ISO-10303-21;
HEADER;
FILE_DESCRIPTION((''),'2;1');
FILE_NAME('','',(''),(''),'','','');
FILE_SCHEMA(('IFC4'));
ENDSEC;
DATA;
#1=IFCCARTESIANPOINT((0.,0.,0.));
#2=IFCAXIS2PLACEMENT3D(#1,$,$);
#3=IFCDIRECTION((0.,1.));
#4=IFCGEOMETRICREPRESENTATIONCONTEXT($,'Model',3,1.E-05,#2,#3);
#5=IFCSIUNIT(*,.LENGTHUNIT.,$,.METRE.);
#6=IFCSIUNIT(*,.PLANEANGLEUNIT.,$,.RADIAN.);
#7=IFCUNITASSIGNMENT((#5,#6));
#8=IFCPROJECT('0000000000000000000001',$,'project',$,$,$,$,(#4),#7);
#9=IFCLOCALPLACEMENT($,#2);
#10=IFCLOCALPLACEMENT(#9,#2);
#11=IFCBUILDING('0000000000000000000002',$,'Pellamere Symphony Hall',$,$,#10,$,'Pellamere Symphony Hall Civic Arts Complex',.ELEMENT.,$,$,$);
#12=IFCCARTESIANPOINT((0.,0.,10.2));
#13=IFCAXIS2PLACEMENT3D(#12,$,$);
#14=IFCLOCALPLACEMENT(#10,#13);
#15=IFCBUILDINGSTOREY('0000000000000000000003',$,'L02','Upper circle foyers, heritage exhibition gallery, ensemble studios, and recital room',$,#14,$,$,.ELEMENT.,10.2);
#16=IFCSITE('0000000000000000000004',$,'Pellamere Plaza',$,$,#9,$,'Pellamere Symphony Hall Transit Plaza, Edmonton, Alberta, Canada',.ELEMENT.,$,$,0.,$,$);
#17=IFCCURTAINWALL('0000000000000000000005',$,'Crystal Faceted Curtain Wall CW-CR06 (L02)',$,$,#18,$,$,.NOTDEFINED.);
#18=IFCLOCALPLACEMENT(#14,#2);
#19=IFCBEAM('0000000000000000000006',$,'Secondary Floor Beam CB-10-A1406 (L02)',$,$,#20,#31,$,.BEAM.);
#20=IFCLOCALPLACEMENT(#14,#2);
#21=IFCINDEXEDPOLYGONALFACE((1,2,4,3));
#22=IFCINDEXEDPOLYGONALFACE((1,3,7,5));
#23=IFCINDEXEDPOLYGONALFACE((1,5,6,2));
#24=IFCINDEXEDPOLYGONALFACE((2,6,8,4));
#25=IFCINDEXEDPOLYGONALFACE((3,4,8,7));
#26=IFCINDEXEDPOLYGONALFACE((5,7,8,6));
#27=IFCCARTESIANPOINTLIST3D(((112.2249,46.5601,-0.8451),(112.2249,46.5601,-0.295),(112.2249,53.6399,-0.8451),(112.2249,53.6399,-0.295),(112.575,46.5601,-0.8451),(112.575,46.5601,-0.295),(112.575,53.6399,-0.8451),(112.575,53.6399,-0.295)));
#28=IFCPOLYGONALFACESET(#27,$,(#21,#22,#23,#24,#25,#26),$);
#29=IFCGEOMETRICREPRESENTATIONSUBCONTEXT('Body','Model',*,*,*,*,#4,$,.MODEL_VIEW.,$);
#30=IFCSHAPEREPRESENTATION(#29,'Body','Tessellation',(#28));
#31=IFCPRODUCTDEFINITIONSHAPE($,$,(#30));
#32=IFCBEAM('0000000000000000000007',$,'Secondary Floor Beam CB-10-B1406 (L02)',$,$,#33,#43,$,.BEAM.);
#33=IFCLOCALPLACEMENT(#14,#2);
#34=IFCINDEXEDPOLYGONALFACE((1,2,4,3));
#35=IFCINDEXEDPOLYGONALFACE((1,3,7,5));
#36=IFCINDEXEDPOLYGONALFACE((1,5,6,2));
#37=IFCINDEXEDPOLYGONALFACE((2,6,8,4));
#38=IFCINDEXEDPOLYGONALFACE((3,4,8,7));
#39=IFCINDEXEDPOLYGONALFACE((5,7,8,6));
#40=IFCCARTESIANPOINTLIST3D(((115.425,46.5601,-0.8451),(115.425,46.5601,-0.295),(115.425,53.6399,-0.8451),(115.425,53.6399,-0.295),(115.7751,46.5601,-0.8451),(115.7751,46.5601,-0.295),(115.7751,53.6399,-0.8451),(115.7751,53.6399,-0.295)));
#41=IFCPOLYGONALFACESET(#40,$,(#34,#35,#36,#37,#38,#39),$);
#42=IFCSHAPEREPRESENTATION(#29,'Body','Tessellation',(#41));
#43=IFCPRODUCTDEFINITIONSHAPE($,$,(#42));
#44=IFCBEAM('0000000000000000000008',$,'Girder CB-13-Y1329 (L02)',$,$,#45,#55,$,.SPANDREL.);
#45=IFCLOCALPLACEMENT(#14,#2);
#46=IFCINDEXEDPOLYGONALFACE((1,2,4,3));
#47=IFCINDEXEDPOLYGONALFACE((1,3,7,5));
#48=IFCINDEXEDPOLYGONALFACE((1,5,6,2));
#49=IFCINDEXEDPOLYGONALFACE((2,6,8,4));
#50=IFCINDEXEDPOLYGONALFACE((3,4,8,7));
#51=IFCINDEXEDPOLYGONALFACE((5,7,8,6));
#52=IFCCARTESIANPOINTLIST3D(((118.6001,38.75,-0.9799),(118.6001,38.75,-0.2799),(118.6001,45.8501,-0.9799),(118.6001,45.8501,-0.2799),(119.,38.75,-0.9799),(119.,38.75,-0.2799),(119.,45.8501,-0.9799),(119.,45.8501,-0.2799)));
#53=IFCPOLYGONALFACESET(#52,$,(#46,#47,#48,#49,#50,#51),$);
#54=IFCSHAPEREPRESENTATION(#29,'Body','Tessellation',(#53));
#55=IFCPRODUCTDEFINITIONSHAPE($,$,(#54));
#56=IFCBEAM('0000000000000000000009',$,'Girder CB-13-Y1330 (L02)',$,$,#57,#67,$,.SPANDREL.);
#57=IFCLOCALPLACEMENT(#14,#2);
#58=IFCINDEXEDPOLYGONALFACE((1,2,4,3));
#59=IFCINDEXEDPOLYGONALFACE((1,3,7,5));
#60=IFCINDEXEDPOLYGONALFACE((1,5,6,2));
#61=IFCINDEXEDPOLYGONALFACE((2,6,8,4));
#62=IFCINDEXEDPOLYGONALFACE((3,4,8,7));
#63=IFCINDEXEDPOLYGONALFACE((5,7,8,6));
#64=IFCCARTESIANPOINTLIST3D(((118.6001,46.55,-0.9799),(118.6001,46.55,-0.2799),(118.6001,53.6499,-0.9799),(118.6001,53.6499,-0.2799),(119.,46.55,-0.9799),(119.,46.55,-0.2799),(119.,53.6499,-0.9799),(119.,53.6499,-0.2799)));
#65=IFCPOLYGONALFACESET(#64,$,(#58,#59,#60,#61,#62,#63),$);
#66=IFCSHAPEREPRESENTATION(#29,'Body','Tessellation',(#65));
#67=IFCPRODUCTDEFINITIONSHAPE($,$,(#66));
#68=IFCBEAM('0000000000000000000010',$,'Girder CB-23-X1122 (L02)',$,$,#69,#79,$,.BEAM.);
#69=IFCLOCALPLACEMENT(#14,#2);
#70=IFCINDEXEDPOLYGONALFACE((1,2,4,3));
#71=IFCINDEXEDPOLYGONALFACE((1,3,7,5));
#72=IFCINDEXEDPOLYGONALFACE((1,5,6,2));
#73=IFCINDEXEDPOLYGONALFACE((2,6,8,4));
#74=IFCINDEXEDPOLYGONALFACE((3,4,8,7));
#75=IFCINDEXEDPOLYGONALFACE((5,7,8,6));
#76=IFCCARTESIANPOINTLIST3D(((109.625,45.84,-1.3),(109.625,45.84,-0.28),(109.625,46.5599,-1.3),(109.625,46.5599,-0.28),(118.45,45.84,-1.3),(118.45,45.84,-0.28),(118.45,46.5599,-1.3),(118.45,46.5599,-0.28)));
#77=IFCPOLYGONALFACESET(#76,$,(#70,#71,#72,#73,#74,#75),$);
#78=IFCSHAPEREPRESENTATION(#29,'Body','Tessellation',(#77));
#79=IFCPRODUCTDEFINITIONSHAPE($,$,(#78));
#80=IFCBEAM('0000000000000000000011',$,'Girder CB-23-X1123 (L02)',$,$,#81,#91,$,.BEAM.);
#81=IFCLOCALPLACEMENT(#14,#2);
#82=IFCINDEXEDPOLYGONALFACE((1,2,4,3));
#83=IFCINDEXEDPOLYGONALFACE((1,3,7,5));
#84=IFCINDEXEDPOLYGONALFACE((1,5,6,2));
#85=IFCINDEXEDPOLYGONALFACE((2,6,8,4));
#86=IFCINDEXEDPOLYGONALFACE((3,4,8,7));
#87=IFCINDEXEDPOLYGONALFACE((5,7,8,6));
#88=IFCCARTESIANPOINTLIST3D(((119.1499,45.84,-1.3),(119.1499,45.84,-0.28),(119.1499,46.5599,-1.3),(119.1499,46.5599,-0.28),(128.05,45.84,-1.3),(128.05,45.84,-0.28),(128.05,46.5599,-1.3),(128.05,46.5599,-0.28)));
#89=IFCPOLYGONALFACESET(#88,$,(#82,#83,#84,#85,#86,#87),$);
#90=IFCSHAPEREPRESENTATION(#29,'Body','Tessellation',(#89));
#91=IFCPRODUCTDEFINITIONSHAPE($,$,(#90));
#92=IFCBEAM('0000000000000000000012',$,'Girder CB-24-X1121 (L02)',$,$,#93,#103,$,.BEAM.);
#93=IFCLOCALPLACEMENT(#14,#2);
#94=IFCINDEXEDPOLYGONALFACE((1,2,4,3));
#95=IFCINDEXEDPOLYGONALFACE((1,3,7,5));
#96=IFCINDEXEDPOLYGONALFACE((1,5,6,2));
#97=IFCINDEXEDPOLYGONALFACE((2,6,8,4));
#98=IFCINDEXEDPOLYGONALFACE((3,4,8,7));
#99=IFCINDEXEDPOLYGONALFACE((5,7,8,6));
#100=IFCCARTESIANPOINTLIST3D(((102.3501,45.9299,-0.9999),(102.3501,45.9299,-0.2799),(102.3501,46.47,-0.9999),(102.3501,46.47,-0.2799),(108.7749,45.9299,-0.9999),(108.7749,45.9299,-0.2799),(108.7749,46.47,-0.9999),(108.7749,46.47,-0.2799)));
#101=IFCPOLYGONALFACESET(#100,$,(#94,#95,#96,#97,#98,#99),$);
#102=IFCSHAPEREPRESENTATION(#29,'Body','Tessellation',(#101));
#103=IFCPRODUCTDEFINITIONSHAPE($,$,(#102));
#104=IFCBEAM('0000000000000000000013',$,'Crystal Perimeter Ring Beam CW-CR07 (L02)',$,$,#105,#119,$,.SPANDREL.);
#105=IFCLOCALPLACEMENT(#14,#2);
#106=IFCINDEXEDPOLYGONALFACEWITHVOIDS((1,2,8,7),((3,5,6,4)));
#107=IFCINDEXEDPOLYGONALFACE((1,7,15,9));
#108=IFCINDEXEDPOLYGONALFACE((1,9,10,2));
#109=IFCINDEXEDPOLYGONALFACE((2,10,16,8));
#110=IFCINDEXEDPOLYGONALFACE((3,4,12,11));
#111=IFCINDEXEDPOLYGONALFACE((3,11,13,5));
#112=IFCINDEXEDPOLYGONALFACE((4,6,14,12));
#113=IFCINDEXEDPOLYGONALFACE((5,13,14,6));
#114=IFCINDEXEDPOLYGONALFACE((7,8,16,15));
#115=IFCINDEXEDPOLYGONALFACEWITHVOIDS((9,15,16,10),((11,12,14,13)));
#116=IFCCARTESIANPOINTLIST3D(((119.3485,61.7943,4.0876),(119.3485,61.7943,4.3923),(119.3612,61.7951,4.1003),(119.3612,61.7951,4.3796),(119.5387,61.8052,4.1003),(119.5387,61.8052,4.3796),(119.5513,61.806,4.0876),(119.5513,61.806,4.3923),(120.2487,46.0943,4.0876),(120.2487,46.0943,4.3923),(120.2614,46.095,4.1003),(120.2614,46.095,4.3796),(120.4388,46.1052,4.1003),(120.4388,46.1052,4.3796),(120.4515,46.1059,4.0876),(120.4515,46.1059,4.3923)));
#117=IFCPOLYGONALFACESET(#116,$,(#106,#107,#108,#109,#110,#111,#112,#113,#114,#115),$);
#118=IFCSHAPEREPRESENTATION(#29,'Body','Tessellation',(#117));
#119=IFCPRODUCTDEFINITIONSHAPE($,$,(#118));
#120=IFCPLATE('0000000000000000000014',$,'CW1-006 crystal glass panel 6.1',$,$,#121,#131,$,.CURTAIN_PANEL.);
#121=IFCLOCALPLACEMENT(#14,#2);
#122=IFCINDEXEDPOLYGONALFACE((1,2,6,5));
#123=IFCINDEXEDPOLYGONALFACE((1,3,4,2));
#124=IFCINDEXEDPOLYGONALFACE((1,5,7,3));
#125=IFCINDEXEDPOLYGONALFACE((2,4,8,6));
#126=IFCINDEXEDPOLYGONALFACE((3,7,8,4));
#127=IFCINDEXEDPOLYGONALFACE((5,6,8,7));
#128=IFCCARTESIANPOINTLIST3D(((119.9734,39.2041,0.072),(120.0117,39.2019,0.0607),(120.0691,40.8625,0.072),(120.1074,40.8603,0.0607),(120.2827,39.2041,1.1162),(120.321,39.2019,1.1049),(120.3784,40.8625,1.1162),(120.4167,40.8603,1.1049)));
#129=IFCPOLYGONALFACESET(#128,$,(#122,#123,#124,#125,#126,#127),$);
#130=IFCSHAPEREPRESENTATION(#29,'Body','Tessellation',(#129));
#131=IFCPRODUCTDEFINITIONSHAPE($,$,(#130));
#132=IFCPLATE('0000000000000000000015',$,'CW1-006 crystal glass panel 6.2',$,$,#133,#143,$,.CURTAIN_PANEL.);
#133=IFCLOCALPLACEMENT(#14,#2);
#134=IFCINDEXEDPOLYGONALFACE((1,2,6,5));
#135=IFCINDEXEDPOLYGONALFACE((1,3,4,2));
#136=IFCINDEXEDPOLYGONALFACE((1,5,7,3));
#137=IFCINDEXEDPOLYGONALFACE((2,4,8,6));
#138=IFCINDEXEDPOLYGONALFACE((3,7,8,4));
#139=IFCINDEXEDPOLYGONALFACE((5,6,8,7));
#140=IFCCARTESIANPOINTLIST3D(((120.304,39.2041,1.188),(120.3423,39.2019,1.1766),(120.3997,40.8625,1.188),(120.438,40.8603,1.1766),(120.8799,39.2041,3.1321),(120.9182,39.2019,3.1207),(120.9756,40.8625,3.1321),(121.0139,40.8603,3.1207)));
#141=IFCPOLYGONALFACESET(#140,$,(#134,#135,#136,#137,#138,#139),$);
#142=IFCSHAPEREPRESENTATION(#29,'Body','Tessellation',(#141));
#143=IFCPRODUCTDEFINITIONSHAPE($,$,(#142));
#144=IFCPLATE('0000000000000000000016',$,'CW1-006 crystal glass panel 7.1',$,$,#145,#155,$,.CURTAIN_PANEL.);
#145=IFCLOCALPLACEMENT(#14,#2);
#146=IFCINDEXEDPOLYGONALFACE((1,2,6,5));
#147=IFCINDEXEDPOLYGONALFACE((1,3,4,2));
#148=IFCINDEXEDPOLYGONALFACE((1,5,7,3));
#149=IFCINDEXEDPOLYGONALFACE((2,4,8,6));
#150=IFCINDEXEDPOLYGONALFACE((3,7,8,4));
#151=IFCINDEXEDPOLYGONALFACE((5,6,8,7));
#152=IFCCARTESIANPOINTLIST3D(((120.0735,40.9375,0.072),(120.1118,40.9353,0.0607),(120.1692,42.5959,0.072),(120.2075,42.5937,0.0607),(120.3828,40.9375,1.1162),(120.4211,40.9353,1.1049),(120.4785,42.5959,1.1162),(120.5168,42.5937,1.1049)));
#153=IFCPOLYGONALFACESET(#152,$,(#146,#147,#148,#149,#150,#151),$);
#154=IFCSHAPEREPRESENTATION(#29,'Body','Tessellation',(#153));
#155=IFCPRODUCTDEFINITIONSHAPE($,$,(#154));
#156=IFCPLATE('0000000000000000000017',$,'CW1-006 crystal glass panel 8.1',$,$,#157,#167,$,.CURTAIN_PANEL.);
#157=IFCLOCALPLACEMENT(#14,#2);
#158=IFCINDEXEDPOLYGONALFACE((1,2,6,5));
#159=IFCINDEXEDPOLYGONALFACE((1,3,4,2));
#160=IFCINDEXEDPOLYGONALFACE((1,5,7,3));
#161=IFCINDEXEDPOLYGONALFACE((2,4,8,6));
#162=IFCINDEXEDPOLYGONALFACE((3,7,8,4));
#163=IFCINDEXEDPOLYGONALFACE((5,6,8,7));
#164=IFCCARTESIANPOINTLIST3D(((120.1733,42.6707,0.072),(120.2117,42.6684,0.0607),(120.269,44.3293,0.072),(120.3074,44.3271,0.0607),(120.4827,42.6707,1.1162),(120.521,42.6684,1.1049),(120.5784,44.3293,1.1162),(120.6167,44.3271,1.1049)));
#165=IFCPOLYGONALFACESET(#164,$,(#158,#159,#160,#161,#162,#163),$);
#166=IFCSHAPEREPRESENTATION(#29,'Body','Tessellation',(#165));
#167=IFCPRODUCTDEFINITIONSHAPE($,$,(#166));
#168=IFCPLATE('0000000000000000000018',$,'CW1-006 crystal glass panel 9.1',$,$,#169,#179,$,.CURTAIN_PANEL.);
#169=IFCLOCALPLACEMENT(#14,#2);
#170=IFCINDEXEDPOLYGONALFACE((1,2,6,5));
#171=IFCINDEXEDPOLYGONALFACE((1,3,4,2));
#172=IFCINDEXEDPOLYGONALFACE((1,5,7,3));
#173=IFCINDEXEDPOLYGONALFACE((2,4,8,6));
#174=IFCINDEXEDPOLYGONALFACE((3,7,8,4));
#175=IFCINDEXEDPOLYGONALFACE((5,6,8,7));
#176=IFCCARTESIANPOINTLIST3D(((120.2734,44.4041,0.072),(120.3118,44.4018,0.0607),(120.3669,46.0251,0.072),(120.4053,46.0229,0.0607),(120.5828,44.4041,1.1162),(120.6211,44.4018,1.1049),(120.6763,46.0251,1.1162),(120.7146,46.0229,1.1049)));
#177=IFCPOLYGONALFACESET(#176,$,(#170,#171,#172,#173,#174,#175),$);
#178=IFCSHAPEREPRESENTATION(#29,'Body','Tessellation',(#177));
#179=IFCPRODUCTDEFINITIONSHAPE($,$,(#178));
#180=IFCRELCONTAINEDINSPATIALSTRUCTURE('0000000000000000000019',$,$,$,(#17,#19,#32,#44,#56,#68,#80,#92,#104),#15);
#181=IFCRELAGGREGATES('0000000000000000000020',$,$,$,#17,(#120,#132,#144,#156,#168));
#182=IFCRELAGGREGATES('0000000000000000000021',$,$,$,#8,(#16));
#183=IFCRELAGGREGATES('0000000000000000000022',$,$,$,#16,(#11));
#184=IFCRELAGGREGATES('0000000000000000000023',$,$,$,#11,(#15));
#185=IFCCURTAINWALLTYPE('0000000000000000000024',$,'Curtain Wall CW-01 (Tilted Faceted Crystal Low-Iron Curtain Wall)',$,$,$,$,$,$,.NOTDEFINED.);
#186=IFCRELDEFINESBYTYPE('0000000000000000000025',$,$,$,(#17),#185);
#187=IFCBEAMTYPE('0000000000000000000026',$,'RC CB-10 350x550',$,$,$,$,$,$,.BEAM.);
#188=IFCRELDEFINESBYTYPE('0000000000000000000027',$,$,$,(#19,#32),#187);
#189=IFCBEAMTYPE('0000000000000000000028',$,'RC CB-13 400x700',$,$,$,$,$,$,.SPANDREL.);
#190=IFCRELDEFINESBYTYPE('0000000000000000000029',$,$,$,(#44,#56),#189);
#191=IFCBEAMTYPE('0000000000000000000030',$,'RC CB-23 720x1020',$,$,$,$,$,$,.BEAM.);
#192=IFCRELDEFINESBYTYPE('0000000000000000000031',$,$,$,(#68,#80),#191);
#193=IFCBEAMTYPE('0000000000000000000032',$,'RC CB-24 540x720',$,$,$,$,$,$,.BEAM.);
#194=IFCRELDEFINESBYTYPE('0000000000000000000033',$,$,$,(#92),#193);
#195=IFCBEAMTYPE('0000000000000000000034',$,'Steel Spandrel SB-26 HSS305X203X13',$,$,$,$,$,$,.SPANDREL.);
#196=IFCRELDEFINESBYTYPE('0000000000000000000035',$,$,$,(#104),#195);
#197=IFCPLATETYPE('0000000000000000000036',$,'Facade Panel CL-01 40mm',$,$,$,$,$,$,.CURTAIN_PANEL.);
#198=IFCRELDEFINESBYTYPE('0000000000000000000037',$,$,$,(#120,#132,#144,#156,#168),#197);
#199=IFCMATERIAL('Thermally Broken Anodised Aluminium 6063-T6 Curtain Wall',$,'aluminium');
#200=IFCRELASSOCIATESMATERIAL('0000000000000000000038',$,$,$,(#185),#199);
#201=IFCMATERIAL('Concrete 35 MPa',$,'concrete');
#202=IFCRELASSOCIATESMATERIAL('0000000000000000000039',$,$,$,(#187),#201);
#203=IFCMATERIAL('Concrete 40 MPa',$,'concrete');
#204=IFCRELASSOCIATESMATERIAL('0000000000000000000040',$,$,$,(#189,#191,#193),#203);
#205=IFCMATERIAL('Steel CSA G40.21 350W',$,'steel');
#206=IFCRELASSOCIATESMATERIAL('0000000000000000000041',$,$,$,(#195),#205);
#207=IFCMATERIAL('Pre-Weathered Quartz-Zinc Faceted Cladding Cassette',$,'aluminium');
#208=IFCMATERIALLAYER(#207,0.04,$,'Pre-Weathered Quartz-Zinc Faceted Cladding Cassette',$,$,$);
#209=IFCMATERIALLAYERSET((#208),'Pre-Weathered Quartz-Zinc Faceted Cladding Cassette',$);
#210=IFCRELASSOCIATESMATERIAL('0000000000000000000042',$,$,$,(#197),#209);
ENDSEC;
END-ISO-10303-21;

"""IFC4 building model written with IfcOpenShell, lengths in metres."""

from ifc_helpers import new_model, si_unit, direction, frame, origin, origin_2d, place, context, subcontext, project, spatial, polyline, rectangle, hollow_rectangle, outline, extrude, material, layer, layer_set, material_profile, profile_set, type_object, element, aggregate, save


model = new_model("IFC4")

# Units and contexts
model_context = context("Model", 3, precision=1e-05, world=origin(), true_north=direction((0.0, 1.0)))
body_context = subcontext(model_context, "Body", "Model", "MODEL_VIEW")
ifc_project = project(units=[si_unit("LENGTHUNIT", "METRE"), si_unit("PLANEANGLEUNIT", "RADIAN")], contexts=[model_context])

# Site, building, storey
site_placement = place(None, origin())
site = spatial("IfcSite", under=ifc_project, at=site_placement, Name="Pellamere Plaza", LongName="Pellamere Symphony Hall Transit Plaza, Edmonton, Alberta, Canada", CompositionType="ELEMENT", RefElevation=0.0)
building_placement = place(site_placement, origin())
building = spatial("IfcBuilding", under=site, at=building_placement, Name="Pellamere Symphony Hall", LongName="Pellamere Symphony Hall Civic Arts Complex", CompositionType="ELEMENT")
storey_placement = place(building_placement, frame((0.0, 0.0, 10.2)))
storey = spatial("IfcBuildingStorey", under=building, at=storey_placement, Name="L02", Description="Upper circle foyers, heritage exhibition gallery, ensemble studios, and recital room", CompositionType="ELEMENT", Elevation=10.2)

# Shared definitions
ifc_material_1 = material(Name="Concrete 40 MPa", Category="concrete")

# Curtain wall
ifc_material_2 = material(Name="Thermally Broken Anodised Aluminium 6063-T6 Curtain Wall", Category="aluminium")
curtain_wall_type = type_object("IfcCurtainWallType", Name="Curtain Wall CW-01 (Tilted Faceted Crystal Low-Iron Curtain Wall)", PredefinedType="NOTDEFINED", material=ifc_material_2)
curtain_wall_1_placement = place(storey_placement, origin())
curtain_wall_1 = element("IfcCurtainWall", 1, at=curtain_wall_1_placement, inside=storey, type_object=curtain_wall_type, Name="Crystal Faceted Curtain Wall CW-CR06 (L02)", PredefinedType="NOTDEFINED")

# Beams
ifc_material_3 = material(Name="Concrete 35 MPa", Category="concrete")
ifc_material_profile_1 = material_profile(ifc_material_3, rectangle(XDim=0.3501, YDim=0.55, at=origin_2d()), Name="RC 350x550")
ifc_profile_set_1 = profile_set([ifc_material_profile_1], Name="Concrete 35 MPa")
beam_type_1 = type_object("IfcBeamType", Name="RC CB-10 350x550", PredefinedType="BEAM", material=ifc_profile_set_1)
for number, where, z_axis, x_axis, name in (
    (2, (112.3999, 46.5601, -0.5701), (0.0, 1.0, 0.0), (-1.0, 0.0, 0.0), "Secondary Floor Beam CB-10-A1406 (L02)"),
    (3, (115.6001, 46.5601, -0.5701), (0.0, 1.0, 0.0), (-1.0, 0.0, 0.0), "Secondary Floor Beam CB-10-B1406 (L02)"),
):
    element("IfcBeam", number, at=place(storey_placement, frame(where, z_axis=z_axis, x_axis=x_axis)), inside=storey, type_object=beam_type_1, Name=name, PredefinedType="BEAM", context=body_context, shape_type="SweptSolid", body=[
        extrude(rectangle(XDim=0.3501, YDim=0.55, at=origin_2d()), origin(), (0.0, 0.0, 1.0), 7.0798),
    ])
ifc_material_profile_2 = material_profile(ifc_material_1, rectangle(XDim=0.3999, YDim=0.7, at=origin_2d()), Name="RC 400x700")
ifc_profile_set_2 = profile_set([ifc_material_profile_2], Name="Concrete 40 MPa")
beam_type_2 = type_object("IfcBeamType", Name="RC CB-13 400x700", PredefinedType="SPANDREL", material=ifc_profile_set_2)
beam_1_placement = place(storey_placement, frame((118.8, 38.75, -0.6299), z_axis=(0.0, 1.0, 0.0), x_axis=(-1.0, 0.0, 0.0)))
element("IfcBeam", 4, at=beam_1_placement, inside=storey, type_object=beam_type_2, Name="Girder CB-13-Y1329 (L02)", PredefinedType="SPANDREL", context=body_context, shape_type="SweptSolid", body=[
    extrude(rectangle(XDim=0.3999, YDim=0.7, at=origin_2d()), origin(), (0.0, 0.0, 1.0), 7.1001),
])
beam_2_placement = place(storey_placement, frame((118.8, 46.55, -0.6299), z_axis=(0.0, 1.0, 0.0), x_axis=(-1.0, 0.0, 0.0)))
element("IfcBeam", 5, at=beam_2_placement, inside=storey, type_object=beam_type_2, Name="Girder CB-13-Y1330 (L02)", PredefinedType="SPANDREL", context=body_context, shape_type="SweptSolid", body=[
    extrude(rectangle(XDim=0.3999, YDim=0.7, at=origin_2d()), origin(), (0.0, 0.0, 1.0), 7.0999),
])
ifc_material_profile_3 = material_profile(ifc_material_1, rectangle(XDim=0.72, YDim=1.02, at=origin_2d()), Name="RC 720x1020")
ifc_profile_set_3 = profile_set([ifc_material_profile_3], Name="Concrete 40 MPa")
beam_type_3 = type_object("IfcBeamType", Name="RC CB-23 720x1020", PredefinedType="BEAM", material=ifc_profile_set_3)
beam_3_placement = place(storey_placement, frame((109.625, 46.2, -0.79), z_axis=(1.0, 0.0, 0.0), x_axis=(0.0, 1.0, 0.0)))
element("IfcBeam", 6, at=beam_3_placement, inside=storey, type_object=beam_type_3, Name="Girder CB-23-X1122 (L02)", PredefinedType="BEAM", context=body_context, shape_type="SweptSolid", body=[
    extrude(rectangle(XDim=0.72, YDim=1.02, at=origin_2d()), origin(), (0.0, 0.0, 1.0), 8.825),
])
beam_4_placement = place(storey_placement, frame((119.1499, 46.2, -0.79), z_axis=(1.0, 0.0, 0.0), x_axis=(0.0, 1.0, 0.0)))
element("IfcBeam", 7, at=beam_4_placement, inside=storey, type_object=beam_type_3, Name="Girder CB-23-X1123 (L02)", PredefinedType="BEAM", context=body_context, shape_type="SweptSolid", body=[
    extrude(rectangle(XDim=0.72, YDim=1.02, at=origin_2d()), origin(), (0.0, 0.0, 1.0), 8.9001),
])
ifc_material_profile_4 = material_profile(ifc_material_1, rectangle(XDim=0.54, YDim=0.72, at=origin_2d()), Name="RC 540x720")
ifc_profile_set_4 = profile_set([ifc_material_profile_4], Name="Concrete 40 MPa")
beam_type_4 = type_object("IfcBeamType", Name="RC CB-24 540x720", PredefinedType="BEAM", material=ifc_profile_set_4)
beam_5_placement = place(storey_placement, frame((102.3501, 46.2, -0.6399), z_axis=(1.0, 0.0, 0.0), x_axis=(0.0, 1.0, 0.0)))
element("IfcBeam", 8, at=beam_5_placement, inside=storey, type_object=beam_type_4, Name="Girder CB-24-X1121 (L02)", PredefinedType="BEAM", context=body_context, shape_type="SweptSolid", body=[
    extrude(rectangle(XDim=0.54, YDim=0.72, at=origin_2d()), origin(), (0.0, 0.0, 1.0), 6.4248),
])
ifc_material_4 = material(Name="Steel CSA G40.21 350W", Category="steel")
ifc_material_profile_5 = material_profile(ifc_material_4, hollow_rectangle(XDim=0.2031, YDim=0.3047, WallThickness=0.0127, at=origin_2d()), Name="HSS305X203X13")
ifc_profile_set_5 = profile_set([ifc_material_profile_5], Name="Steel CSA G40.21 350W")
beam_type_5 = type_object("IfcBeamType", Name="Steel Spandrel SB-26 HSS305X203X13", PredefinedType="SPANDREL", material=ifc_profile_set_5)
beam_6_placement = place(storey_placement, frame((120.3501, 46.1001, 4.24), z_axis=(-0.05724, 0.99836, 0.0), x_axis=(-0.99836, -0.05724, 0.0)))
element("IfcBeam", 9, at=beam_6_placement, inside=storey, type_object=beam_type_5, Name="Crystal Perimeter Ring Beam CW-CR07 (L02)", PredefinedType="SPANDREL", context=body_context, shape_type="SweptSolid", body=[
    extrude(hollow_rectangle(XDim=0.2031, YDim=0.3047, WallThickness=0.0127, at=origin_2d()), origin(), (0.0, 0.0, 1.0), 15.7258),
])

# Plates
ifc_material_5 = material(Name="Pre-Weathered Quartz-Zinc Faceted Cladding Cassette", Category="aluminium")
ifc_layer_1 = layer(ifc_material_5, 0.04, Name="Pre-Weathered Quartz-Zinc Faceted Cladding Cassette")
ifc_layer_set_1 = layer_set([ifc_layer_1], Name="Pre-Weathered Quartz-Zinc Faceted Cladding Cassette")
plate_type_1 = type_object("IfcPlateType", Name="Facade Panel CL-01 40mm", PredefinedType="CURTAIN_PANEL", material=ifc_layer_set_1)
plate_1_placement = place(storey_placement, frame((119.9734, 39.2041, 0.072), z_axis=(-0.95735, 0.055245, 0.283601), x_axis=(0.057611, 0.998339, 0.0)))
plate_1 = element("IfcPlate", 10, at=plate_1_placement, type_object=plate_type_1, Name="CW1-006 crystal glass panel 6.1", PredefinedType="CURTAIN_PANEL", context=body_context, shape_type="SweptSolid", body=[
    extrude(outline(polyline([(0.0, 0.0), (1.6612, 0.0), (1.679, -1.0889), (0.0178, -1.0889), (0.0, 0.0)])), origin(), (0.0, 0.0, -1.0), 0.04),
])
plate_2_placement = place(storey_placement, frame((120.304, 39.2041, 1.188), z_axis=(-0.957347, 0.055245, 0.283609), x_axis=(0.057611, 0.998339, 0.0)))
plate_2 = element("IfcPlate", 11, at=plate_2_placement, type_object=plate_type_1, Name="CW1-006 crystal glass panel 6.2", PredefinedType="CURTAIN_PANEL", context=body_context, shape_type="SweptSolid", body=[
    extrude(outline(polyline([(0.0, 0.0), (1.6612, 0.0), (1.6944, -2.0273), (0.0332, -2.0273), (0.0, 0.0)])), origin(), (0.0, 0.0, -1.0), 0.04),
])
plate_3_placement = place(storey_placement, frame((120.0735, 40.9375, 0.072), z_axis=(-0.95735, 0.055245, 0.283601), x_axis=(0.057611, 0.998339, 0.0)))
plate_3 = element("IfcPlate", 12, at=plate_3_placement, type_object=plate_type_1, Name="CW1-006 crystal glass panel 7.1", PredefinedType="CURTAIN_PANEL", context=body_context, shape_type="SweptSolid", body=[
    extrude(outline(polyline([(0.0, 0.0), (1.6612, 0.0), (1.679, -1.0889), (0.0178, -1.0889), (0.0, 0.0)])), origin(), (0.0, 0.0, -1.0), 0.04),
])
plate_4_placement = place(storey_placement, frame((120.1733, 42.6707, 0.072), z_axis=(-0.95735, 0.055237, 0.283601), x_axis=(0.057602, 0.99834, 0.0)))
plate_4 = element("IfcPlate", 13, at=plate_4_placement, type_object=plate_type_1, Name="CW1-006 crystal glass panel 8.1", PredefinedType="CURTAIN_PANEL", context=body_context, shape_type="SweptSolid", body=[
    extrude(outline(polyline([(0.0, 0.0), (1.6615, 0.0), (1.6793, -1.0889), (0.0178, -1.0889), (0.0, 0.0)])), origin(), (0.0, 0.0, -1.0), 0.04),
])
plate_5_placement = place(storey_placement, frame((120.2734, 44.4041, 0.072), z_axis=(-0.957351, 0.055221, 0.283602), x_axis=(0.057585, 0.998341, 0.0)))
plate_5 = element("IfcPlate", 14, at=plate_5_placement, type_object=plate_type_1, Name="CW1-006 crystal glass panel 9.1", PredefinedType="CURTAIN_PANEL", context=body_context, shape_type="SweptSolid", body=[
    extrude(outline(polyline([(0.0, 0.0), (1.6238, 0.0), (1.6416, -1.0889), (0.0178, -1.0889), (0.0, 0.0)])), origin(), (0.0, 0.0, -1.0), 0.04),
])
aggregate(curtain_wall_1, [plate_1, plate_2, plate_3, plate_4, plate_5])

save(model, "model.ifc")
